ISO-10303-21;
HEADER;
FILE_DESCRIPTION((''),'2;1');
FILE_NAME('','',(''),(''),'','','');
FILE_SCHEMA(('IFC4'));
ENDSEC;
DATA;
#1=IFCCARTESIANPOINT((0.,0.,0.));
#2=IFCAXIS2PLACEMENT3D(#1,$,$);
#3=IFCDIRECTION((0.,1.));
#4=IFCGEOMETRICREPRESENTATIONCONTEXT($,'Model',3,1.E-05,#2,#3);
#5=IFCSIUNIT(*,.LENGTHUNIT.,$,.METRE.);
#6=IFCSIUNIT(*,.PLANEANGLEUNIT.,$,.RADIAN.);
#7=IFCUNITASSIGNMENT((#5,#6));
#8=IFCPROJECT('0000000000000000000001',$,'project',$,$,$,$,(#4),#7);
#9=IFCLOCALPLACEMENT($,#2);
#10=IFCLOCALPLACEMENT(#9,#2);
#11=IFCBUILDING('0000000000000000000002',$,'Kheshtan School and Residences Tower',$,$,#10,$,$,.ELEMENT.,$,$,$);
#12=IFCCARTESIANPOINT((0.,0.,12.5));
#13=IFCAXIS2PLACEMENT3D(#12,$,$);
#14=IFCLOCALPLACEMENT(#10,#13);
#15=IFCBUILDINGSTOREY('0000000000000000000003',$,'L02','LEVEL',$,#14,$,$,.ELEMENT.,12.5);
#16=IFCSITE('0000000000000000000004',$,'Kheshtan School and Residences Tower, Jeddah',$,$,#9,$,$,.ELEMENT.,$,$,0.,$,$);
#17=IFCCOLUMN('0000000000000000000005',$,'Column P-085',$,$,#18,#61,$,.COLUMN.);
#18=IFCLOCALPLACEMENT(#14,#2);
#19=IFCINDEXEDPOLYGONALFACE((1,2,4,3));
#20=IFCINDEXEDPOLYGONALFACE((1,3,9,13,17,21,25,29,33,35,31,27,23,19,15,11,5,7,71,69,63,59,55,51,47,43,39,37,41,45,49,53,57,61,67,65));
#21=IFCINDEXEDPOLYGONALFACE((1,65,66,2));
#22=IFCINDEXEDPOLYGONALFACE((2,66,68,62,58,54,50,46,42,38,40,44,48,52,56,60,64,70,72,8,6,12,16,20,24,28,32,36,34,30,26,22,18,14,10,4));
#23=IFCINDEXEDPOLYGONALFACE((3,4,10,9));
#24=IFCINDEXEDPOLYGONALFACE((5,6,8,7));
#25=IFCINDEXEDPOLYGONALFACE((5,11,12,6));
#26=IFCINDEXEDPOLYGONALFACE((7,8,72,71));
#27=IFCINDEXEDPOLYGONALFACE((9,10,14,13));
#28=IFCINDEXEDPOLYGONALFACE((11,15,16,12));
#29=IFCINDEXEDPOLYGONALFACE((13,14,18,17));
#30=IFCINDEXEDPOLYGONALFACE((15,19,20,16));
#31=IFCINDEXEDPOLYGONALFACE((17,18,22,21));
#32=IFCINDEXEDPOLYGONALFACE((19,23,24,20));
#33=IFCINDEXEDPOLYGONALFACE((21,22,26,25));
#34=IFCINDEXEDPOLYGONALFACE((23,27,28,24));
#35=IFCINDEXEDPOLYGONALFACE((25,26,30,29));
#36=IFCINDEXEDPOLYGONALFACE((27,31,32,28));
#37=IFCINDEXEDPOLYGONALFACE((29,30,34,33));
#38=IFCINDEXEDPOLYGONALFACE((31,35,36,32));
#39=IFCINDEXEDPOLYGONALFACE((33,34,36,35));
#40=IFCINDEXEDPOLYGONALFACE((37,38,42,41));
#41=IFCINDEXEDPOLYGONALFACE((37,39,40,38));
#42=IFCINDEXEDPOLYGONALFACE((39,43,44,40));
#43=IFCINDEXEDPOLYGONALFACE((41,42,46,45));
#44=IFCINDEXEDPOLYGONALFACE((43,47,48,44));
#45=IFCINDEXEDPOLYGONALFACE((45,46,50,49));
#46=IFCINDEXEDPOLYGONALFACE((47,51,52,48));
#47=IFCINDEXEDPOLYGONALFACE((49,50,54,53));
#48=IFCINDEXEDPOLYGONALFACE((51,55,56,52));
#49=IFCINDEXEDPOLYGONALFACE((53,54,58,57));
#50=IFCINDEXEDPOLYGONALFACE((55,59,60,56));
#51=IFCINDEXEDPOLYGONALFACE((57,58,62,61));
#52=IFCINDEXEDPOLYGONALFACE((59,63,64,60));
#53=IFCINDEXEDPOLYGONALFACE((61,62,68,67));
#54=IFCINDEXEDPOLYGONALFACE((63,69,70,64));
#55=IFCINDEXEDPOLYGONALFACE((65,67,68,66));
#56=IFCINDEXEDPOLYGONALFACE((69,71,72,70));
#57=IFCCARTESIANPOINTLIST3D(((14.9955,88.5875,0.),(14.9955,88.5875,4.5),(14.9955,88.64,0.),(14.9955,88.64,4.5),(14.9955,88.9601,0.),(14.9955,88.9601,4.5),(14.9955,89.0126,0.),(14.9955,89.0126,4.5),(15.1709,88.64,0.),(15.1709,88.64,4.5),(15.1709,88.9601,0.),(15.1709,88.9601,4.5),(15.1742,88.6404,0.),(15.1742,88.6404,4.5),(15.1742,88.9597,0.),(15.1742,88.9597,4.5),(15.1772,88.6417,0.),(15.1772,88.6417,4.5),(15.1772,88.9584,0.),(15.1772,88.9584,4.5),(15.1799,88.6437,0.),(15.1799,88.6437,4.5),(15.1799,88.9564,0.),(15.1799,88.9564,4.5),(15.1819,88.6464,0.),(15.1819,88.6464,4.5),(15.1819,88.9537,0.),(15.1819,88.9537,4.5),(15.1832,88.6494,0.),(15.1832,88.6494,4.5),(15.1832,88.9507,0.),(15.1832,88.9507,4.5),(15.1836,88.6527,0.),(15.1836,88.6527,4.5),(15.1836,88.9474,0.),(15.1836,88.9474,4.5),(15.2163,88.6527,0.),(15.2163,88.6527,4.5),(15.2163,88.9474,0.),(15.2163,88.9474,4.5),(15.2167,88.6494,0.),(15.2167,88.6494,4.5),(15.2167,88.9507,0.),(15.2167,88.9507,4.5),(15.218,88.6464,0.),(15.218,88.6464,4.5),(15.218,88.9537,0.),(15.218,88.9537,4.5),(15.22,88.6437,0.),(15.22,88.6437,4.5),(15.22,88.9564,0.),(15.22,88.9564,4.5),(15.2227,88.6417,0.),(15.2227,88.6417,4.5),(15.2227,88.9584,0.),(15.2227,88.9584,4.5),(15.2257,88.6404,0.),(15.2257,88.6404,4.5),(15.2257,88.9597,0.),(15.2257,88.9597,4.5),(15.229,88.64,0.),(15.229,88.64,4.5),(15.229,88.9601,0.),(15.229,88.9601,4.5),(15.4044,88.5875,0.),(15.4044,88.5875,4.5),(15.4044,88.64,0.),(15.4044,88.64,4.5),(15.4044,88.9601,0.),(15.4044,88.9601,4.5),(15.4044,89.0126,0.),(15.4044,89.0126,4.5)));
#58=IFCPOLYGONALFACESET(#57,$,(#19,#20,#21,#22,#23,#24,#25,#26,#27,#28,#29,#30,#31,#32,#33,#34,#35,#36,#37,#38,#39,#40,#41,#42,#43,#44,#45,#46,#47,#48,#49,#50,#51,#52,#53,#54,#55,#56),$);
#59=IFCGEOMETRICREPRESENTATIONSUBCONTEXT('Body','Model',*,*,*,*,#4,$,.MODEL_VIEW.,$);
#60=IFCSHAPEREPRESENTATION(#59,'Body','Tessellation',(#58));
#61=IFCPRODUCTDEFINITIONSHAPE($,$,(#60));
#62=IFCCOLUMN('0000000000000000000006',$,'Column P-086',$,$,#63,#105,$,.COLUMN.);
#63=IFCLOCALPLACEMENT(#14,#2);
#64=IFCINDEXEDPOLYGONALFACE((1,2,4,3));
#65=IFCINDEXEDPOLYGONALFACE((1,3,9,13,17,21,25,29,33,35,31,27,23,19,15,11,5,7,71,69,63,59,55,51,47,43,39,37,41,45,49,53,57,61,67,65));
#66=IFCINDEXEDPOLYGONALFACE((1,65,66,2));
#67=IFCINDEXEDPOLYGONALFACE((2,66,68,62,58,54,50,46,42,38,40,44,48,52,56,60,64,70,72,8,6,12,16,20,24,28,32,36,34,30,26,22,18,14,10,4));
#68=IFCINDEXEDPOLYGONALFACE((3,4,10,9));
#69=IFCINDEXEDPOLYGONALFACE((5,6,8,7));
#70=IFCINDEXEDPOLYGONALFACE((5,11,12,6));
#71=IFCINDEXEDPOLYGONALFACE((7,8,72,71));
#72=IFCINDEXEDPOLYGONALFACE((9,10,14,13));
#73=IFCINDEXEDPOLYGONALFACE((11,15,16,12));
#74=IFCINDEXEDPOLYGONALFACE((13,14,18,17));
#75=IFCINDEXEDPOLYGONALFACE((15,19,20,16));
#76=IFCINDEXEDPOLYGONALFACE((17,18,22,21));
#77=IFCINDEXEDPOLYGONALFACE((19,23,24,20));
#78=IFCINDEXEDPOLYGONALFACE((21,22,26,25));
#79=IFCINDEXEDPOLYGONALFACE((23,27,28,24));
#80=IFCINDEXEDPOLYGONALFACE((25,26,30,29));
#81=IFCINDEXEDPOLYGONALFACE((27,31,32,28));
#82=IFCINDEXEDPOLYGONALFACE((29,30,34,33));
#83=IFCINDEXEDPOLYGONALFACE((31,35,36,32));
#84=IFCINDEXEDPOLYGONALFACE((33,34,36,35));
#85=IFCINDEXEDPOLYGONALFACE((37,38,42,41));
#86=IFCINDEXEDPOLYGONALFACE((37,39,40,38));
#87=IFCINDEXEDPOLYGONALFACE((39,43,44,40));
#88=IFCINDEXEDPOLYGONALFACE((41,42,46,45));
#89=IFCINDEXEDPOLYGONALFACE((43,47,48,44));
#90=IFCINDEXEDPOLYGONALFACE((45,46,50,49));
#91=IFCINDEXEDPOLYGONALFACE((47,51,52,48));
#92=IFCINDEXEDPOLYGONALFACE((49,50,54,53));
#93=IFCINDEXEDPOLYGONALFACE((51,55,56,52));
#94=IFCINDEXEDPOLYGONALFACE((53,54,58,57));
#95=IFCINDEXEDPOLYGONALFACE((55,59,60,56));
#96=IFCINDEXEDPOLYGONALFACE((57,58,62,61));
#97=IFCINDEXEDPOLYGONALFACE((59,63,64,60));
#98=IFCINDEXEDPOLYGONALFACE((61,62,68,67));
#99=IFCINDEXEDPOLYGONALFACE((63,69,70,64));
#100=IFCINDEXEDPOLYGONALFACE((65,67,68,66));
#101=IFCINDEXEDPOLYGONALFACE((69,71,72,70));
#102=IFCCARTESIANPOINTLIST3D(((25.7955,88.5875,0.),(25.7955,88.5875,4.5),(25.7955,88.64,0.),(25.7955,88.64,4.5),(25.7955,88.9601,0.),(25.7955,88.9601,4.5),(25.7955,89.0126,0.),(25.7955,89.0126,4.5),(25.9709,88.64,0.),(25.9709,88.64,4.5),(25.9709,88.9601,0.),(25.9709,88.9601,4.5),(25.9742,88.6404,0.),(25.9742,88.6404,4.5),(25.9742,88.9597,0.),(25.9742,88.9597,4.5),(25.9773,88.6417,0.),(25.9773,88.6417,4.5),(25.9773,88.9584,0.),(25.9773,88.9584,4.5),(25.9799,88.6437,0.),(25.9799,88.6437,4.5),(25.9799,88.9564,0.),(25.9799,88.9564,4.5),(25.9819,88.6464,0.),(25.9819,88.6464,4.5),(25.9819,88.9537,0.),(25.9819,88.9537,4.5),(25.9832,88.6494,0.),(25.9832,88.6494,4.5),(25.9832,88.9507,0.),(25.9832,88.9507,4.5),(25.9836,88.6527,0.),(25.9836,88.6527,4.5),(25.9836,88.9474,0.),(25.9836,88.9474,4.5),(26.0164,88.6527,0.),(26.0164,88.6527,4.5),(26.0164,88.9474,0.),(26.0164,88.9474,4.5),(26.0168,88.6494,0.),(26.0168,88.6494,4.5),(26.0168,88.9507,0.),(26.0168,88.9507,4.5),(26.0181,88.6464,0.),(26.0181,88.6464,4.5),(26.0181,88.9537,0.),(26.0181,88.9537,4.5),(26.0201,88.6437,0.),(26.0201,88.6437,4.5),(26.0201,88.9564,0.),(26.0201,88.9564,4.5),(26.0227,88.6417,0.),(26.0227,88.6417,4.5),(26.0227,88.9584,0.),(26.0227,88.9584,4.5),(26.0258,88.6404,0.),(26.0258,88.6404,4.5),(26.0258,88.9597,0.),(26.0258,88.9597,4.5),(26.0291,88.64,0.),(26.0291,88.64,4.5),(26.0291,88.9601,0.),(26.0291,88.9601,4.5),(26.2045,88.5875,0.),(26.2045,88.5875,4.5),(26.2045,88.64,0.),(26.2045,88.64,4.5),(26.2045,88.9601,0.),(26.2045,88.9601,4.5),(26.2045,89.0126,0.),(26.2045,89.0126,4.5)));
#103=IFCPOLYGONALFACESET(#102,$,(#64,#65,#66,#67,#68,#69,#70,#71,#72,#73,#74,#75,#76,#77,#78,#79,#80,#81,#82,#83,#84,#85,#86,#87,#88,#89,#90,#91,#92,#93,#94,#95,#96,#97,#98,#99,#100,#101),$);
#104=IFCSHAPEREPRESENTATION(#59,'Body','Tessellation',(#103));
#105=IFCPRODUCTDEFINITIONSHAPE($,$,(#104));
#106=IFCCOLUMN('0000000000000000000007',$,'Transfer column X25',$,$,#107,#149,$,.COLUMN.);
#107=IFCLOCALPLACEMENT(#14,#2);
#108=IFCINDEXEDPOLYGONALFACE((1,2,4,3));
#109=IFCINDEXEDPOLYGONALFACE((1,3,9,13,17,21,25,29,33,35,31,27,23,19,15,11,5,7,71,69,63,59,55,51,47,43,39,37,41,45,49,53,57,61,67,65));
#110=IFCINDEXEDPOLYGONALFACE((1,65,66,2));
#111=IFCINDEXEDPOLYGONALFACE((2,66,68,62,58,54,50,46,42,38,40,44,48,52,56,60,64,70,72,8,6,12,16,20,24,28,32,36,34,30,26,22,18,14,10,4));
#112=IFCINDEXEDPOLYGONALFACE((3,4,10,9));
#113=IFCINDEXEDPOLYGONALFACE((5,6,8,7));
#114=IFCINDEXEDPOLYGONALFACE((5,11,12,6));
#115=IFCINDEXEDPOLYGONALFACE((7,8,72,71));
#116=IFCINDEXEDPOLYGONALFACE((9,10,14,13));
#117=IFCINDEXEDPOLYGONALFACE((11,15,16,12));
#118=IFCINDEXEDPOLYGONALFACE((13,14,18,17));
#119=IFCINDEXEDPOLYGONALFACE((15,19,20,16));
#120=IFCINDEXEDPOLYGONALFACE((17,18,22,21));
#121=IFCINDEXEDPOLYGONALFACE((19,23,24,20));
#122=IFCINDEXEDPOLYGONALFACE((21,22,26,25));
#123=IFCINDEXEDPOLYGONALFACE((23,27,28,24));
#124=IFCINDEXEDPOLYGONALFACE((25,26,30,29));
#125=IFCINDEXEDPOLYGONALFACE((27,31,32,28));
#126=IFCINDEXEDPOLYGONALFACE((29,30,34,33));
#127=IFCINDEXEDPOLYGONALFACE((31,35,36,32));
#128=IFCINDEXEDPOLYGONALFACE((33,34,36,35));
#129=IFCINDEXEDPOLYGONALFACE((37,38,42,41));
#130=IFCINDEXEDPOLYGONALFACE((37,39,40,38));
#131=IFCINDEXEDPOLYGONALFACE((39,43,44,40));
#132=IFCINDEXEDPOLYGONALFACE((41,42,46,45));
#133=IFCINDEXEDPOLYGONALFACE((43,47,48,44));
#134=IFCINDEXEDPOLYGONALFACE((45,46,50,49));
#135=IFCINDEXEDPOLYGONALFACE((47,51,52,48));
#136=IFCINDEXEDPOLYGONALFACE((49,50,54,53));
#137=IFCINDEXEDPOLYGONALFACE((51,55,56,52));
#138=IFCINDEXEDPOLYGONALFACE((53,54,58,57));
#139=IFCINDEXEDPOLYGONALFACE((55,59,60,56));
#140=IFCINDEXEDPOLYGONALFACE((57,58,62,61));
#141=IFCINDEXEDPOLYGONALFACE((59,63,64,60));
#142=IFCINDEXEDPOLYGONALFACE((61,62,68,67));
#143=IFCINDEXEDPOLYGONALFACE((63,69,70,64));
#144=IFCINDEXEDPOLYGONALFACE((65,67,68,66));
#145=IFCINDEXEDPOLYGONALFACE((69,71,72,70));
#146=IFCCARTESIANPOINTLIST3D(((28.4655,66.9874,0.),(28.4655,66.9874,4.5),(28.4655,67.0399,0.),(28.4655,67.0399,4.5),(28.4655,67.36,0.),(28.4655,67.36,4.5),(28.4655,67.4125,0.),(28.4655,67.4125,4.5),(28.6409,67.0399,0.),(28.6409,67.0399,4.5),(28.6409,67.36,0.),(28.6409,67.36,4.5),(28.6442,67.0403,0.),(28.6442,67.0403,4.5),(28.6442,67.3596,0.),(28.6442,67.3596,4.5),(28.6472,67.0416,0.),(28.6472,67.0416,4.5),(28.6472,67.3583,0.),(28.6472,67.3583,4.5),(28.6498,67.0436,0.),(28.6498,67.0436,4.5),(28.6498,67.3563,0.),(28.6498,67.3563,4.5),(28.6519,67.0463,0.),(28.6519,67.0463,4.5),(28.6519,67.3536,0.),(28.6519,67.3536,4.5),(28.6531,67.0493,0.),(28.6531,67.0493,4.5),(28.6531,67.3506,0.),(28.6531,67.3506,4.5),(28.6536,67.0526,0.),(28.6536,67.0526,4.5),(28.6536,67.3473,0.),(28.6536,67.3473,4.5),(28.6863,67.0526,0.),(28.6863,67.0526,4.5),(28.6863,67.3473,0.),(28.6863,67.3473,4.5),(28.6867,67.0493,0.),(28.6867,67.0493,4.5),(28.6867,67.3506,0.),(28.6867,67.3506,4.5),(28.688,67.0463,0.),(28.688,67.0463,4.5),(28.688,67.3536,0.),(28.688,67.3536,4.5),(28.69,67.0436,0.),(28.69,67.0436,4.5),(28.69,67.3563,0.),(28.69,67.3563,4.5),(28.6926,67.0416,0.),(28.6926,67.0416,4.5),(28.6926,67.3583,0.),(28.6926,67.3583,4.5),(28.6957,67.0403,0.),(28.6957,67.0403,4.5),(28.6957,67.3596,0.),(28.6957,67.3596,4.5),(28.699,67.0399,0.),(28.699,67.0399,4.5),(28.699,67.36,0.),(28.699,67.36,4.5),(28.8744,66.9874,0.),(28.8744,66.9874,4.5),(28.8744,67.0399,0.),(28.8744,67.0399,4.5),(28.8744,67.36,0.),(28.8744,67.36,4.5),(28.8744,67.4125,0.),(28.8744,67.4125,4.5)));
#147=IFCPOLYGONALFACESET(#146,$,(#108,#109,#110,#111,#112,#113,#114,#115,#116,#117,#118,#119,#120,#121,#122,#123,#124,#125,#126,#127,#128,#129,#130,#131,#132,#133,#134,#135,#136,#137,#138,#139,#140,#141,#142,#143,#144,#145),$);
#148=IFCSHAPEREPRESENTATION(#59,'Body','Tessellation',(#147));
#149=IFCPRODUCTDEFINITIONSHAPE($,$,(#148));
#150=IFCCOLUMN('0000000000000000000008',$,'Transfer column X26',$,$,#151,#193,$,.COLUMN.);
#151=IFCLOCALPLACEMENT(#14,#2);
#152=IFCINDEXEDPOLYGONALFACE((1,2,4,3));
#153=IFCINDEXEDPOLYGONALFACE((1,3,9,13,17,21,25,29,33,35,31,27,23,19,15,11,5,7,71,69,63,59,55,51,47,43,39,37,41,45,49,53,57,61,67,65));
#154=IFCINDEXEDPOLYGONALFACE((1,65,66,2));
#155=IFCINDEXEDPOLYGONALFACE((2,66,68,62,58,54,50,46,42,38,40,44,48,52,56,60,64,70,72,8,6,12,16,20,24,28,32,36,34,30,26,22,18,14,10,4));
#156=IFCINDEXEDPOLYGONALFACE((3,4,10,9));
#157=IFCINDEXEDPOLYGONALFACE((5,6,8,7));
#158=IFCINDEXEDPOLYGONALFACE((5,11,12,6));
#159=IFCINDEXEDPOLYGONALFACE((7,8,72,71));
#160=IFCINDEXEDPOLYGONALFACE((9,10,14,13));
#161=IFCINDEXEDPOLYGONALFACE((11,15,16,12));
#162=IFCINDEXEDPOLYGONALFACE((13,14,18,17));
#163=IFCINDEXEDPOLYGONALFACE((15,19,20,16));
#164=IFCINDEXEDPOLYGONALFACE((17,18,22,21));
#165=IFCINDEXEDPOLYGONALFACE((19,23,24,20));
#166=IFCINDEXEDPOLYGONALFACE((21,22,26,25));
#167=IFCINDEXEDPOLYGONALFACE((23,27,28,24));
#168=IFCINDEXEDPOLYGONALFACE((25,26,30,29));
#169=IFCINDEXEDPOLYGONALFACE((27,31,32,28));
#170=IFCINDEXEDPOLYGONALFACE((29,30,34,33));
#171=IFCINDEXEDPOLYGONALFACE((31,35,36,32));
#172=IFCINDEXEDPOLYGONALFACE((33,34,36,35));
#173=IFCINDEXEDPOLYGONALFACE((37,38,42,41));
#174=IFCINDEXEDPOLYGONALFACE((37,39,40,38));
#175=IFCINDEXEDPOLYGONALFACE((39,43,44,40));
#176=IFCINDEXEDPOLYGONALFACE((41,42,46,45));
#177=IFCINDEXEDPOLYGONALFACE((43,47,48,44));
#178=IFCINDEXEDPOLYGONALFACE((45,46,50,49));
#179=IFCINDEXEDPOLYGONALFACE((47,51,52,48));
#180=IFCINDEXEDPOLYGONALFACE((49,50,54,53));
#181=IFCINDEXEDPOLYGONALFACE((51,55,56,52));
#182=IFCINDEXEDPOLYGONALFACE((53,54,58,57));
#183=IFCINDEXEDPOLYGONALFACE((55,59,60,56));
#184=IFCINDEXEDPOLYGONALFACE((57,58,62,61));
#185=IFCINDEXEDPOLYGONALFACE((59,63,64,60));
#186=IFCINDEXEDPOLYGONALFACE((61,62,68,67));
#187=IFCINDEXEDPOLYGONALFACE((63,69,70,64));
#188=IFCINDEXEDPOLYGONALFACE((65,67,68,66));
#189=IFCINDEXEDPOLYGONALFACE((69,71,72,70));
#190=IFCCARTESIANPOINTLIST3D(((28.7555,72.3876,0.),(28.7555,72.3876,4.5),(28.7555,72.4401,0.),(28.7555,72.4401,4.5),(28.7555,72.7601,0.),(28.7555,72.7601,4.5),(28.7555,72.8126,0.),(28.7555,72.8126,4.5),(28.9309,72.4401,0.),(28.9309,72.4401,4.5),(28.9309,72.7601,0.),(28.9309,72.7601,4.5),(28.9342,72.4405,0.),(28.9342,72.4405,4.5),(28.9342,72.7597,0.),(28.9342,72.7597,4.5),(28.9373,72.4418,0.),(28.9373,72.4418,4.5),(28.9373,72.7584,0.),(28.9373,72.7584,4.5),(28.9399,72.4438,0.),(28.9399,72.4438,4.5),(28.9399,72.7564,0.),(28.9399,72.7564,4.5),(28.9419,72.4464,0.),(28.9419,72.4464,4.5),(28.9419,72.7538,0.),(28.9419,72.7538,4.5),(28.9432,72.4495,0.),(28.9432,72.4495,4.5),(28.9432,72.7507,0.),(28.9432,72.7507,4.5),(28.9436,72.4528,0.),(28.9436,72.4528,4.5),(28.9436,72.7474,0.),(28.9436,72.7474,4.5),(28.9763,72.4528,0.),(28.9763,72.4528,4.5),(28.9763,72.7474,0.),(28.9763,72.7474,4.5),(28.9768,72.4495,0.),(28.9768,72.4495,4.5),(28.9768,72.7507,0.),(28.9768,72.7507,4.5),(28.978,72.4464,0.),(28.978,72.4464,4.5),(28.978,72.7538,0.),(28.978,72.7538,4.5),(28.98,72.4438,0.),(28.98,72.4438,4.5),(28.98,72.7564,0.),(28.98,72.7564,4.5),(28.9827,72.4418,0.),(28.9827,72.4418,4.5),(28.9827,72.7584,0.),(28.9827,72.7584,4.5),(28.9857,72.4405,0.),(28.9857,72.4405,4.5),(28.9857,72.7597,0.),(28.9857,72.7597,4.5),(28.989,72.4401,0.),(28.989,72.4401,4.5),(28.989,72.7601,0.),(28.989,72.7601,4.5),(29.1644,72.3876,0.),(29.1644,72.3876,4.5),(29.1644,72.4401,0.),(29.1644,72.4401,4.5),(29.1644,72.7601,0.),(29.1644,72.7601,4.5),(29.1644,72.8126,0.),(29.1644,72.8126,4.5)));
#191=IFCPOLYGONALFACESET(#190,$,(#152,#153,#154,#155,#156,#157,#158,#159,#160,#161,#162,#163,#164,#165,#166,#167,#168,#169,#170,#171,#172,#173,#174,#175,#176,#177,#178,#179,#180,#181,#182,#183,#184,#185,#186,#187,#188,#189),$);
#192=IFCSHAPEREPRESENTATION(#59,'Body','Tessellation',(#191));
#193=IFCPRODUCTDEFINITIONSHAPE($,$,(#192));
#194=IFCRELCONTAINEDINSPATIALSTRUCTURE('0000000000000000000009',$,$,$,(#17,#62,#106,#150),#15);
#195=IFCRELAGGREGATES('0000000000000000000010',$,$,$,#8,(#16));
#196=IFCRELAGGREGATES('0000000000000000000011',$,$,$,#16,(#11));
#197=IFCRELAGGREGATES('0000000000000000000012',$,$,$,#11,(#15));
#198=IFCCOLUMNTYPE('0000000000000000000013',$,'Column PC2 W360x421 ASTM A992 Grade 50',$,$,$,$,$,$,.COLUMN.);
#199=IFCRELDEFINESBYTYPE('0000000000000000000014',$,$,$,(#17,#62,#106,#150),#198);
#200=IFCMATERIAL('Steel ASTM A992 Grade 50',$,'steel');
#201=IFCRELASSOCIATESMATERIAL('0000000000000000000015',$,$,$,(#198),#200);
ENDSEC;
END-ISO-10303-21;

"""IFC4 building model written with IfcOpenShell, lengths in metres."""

from ifc_helpers import new_model, si_unit, direction, frame, origin, origin_2d, place, context, subcontext, project, spatial, i_section, extrude, material, material_profile, profile_set, type_object, element, save


model = new_model("IFC4")

# Units and contexts
model_context = context("Model", 3, precision=1e-05, world=origin(), true_north=direction((0.0, 1.0)))
body_context = subcontext(model_context, "Body", "Model", "MODEL_VIEW")
ifc_project = project(units=[si_unit("LENGTHUNIT", "METRE"), si_unit("PLANEANGLEUNIT", "RADIAN")], contexts=[model_context])

# Site, building, storey
site_placement = place(None, origin())
site = spatial("IfcSite", under=ifc_project, at=site_placement, Name="Kheshtan School and Residences Tower, Jeddah", CompositionType="ELEMENT", RefElevation=0.0)
building_placement = place(site_placement, origin())
building = spatial("IfcBuilding", under=site, at=building_placement, Name="Kheshtan School and Residences Tower", CompositionType="ELEMENT")
storey_placement = place(building_placement, frame((0.0, 0.0, 12.5)))
storey = spatial("IfcBuildingStorey", under=building, at=storey_placement, Name="L02", Description="LEVEL", CompositionType="ELEMENT", Elevation=12.5)

# Columns
ifc_material_1 = material(Name="Steel ASTM A992 Grade 50", Category="steel")
ifc_material_profile_1 = material_profile(ifc_material_1, i_section(OverallWidth=0.4089, OverallDepth=0.425, WebThickness=0.0327, FlangeThickness=0.0525, FilletRadius=0.0127, at=origin_2d()), Name="W360x421")
ifc_profile_set_1 = profile_set([ifc_material_profile_1], Name="Steel ASTM A992 Grade 50")
column_type = type_object("IfcColumnType", Name="Column PC2 W360x421 ASTM A992 Grade 50", PredefinedType="COLUMN", material=ifc_profile_set_1)
for number, where, z_axis, x_axis, name in (
    (1, (15.2, 88.8, 0.0), (0.0, 0.0, 1.0), (1.0, 0.0, 0.0), "Column P-085"),
    (2, (26.0, 88.8, 0.0), (0.0, 0.0, 1.0), (1.0, 0.0, 0.0), "Column P-086"),
    (3, (28.6699, 67.2, 0.0), (0.0, 0.0, 1.0), (1.0, 0.0, 0.0), "Transfer column X25"),
    (4, (28.96, 72.6001, 0.0), (0.0, 0.0, 1.0), (1.0, 0.0, 0.0), "Transfer column X26"),
):
    element("IfcColumn", number, at=place(storey_placement, frame(where, z_axis=z_axis, x_axis=x_axis)), inside=storey, type_object=column_type, Name=name, PredefinedType="COLUMN", context=body_context, shape_type="SweptSolid", body=[
        extrude(i_section(OverallWidth=0.4089, OverallDepth=0.425, WebThickness=0.0327, FlangeThickness=0.0525, FilletRadius=0.0127, at=origin_2d()), origin(), (0.0, 0.0, 1.0), 4.5),
    ])

save(model, "model.ifc")
